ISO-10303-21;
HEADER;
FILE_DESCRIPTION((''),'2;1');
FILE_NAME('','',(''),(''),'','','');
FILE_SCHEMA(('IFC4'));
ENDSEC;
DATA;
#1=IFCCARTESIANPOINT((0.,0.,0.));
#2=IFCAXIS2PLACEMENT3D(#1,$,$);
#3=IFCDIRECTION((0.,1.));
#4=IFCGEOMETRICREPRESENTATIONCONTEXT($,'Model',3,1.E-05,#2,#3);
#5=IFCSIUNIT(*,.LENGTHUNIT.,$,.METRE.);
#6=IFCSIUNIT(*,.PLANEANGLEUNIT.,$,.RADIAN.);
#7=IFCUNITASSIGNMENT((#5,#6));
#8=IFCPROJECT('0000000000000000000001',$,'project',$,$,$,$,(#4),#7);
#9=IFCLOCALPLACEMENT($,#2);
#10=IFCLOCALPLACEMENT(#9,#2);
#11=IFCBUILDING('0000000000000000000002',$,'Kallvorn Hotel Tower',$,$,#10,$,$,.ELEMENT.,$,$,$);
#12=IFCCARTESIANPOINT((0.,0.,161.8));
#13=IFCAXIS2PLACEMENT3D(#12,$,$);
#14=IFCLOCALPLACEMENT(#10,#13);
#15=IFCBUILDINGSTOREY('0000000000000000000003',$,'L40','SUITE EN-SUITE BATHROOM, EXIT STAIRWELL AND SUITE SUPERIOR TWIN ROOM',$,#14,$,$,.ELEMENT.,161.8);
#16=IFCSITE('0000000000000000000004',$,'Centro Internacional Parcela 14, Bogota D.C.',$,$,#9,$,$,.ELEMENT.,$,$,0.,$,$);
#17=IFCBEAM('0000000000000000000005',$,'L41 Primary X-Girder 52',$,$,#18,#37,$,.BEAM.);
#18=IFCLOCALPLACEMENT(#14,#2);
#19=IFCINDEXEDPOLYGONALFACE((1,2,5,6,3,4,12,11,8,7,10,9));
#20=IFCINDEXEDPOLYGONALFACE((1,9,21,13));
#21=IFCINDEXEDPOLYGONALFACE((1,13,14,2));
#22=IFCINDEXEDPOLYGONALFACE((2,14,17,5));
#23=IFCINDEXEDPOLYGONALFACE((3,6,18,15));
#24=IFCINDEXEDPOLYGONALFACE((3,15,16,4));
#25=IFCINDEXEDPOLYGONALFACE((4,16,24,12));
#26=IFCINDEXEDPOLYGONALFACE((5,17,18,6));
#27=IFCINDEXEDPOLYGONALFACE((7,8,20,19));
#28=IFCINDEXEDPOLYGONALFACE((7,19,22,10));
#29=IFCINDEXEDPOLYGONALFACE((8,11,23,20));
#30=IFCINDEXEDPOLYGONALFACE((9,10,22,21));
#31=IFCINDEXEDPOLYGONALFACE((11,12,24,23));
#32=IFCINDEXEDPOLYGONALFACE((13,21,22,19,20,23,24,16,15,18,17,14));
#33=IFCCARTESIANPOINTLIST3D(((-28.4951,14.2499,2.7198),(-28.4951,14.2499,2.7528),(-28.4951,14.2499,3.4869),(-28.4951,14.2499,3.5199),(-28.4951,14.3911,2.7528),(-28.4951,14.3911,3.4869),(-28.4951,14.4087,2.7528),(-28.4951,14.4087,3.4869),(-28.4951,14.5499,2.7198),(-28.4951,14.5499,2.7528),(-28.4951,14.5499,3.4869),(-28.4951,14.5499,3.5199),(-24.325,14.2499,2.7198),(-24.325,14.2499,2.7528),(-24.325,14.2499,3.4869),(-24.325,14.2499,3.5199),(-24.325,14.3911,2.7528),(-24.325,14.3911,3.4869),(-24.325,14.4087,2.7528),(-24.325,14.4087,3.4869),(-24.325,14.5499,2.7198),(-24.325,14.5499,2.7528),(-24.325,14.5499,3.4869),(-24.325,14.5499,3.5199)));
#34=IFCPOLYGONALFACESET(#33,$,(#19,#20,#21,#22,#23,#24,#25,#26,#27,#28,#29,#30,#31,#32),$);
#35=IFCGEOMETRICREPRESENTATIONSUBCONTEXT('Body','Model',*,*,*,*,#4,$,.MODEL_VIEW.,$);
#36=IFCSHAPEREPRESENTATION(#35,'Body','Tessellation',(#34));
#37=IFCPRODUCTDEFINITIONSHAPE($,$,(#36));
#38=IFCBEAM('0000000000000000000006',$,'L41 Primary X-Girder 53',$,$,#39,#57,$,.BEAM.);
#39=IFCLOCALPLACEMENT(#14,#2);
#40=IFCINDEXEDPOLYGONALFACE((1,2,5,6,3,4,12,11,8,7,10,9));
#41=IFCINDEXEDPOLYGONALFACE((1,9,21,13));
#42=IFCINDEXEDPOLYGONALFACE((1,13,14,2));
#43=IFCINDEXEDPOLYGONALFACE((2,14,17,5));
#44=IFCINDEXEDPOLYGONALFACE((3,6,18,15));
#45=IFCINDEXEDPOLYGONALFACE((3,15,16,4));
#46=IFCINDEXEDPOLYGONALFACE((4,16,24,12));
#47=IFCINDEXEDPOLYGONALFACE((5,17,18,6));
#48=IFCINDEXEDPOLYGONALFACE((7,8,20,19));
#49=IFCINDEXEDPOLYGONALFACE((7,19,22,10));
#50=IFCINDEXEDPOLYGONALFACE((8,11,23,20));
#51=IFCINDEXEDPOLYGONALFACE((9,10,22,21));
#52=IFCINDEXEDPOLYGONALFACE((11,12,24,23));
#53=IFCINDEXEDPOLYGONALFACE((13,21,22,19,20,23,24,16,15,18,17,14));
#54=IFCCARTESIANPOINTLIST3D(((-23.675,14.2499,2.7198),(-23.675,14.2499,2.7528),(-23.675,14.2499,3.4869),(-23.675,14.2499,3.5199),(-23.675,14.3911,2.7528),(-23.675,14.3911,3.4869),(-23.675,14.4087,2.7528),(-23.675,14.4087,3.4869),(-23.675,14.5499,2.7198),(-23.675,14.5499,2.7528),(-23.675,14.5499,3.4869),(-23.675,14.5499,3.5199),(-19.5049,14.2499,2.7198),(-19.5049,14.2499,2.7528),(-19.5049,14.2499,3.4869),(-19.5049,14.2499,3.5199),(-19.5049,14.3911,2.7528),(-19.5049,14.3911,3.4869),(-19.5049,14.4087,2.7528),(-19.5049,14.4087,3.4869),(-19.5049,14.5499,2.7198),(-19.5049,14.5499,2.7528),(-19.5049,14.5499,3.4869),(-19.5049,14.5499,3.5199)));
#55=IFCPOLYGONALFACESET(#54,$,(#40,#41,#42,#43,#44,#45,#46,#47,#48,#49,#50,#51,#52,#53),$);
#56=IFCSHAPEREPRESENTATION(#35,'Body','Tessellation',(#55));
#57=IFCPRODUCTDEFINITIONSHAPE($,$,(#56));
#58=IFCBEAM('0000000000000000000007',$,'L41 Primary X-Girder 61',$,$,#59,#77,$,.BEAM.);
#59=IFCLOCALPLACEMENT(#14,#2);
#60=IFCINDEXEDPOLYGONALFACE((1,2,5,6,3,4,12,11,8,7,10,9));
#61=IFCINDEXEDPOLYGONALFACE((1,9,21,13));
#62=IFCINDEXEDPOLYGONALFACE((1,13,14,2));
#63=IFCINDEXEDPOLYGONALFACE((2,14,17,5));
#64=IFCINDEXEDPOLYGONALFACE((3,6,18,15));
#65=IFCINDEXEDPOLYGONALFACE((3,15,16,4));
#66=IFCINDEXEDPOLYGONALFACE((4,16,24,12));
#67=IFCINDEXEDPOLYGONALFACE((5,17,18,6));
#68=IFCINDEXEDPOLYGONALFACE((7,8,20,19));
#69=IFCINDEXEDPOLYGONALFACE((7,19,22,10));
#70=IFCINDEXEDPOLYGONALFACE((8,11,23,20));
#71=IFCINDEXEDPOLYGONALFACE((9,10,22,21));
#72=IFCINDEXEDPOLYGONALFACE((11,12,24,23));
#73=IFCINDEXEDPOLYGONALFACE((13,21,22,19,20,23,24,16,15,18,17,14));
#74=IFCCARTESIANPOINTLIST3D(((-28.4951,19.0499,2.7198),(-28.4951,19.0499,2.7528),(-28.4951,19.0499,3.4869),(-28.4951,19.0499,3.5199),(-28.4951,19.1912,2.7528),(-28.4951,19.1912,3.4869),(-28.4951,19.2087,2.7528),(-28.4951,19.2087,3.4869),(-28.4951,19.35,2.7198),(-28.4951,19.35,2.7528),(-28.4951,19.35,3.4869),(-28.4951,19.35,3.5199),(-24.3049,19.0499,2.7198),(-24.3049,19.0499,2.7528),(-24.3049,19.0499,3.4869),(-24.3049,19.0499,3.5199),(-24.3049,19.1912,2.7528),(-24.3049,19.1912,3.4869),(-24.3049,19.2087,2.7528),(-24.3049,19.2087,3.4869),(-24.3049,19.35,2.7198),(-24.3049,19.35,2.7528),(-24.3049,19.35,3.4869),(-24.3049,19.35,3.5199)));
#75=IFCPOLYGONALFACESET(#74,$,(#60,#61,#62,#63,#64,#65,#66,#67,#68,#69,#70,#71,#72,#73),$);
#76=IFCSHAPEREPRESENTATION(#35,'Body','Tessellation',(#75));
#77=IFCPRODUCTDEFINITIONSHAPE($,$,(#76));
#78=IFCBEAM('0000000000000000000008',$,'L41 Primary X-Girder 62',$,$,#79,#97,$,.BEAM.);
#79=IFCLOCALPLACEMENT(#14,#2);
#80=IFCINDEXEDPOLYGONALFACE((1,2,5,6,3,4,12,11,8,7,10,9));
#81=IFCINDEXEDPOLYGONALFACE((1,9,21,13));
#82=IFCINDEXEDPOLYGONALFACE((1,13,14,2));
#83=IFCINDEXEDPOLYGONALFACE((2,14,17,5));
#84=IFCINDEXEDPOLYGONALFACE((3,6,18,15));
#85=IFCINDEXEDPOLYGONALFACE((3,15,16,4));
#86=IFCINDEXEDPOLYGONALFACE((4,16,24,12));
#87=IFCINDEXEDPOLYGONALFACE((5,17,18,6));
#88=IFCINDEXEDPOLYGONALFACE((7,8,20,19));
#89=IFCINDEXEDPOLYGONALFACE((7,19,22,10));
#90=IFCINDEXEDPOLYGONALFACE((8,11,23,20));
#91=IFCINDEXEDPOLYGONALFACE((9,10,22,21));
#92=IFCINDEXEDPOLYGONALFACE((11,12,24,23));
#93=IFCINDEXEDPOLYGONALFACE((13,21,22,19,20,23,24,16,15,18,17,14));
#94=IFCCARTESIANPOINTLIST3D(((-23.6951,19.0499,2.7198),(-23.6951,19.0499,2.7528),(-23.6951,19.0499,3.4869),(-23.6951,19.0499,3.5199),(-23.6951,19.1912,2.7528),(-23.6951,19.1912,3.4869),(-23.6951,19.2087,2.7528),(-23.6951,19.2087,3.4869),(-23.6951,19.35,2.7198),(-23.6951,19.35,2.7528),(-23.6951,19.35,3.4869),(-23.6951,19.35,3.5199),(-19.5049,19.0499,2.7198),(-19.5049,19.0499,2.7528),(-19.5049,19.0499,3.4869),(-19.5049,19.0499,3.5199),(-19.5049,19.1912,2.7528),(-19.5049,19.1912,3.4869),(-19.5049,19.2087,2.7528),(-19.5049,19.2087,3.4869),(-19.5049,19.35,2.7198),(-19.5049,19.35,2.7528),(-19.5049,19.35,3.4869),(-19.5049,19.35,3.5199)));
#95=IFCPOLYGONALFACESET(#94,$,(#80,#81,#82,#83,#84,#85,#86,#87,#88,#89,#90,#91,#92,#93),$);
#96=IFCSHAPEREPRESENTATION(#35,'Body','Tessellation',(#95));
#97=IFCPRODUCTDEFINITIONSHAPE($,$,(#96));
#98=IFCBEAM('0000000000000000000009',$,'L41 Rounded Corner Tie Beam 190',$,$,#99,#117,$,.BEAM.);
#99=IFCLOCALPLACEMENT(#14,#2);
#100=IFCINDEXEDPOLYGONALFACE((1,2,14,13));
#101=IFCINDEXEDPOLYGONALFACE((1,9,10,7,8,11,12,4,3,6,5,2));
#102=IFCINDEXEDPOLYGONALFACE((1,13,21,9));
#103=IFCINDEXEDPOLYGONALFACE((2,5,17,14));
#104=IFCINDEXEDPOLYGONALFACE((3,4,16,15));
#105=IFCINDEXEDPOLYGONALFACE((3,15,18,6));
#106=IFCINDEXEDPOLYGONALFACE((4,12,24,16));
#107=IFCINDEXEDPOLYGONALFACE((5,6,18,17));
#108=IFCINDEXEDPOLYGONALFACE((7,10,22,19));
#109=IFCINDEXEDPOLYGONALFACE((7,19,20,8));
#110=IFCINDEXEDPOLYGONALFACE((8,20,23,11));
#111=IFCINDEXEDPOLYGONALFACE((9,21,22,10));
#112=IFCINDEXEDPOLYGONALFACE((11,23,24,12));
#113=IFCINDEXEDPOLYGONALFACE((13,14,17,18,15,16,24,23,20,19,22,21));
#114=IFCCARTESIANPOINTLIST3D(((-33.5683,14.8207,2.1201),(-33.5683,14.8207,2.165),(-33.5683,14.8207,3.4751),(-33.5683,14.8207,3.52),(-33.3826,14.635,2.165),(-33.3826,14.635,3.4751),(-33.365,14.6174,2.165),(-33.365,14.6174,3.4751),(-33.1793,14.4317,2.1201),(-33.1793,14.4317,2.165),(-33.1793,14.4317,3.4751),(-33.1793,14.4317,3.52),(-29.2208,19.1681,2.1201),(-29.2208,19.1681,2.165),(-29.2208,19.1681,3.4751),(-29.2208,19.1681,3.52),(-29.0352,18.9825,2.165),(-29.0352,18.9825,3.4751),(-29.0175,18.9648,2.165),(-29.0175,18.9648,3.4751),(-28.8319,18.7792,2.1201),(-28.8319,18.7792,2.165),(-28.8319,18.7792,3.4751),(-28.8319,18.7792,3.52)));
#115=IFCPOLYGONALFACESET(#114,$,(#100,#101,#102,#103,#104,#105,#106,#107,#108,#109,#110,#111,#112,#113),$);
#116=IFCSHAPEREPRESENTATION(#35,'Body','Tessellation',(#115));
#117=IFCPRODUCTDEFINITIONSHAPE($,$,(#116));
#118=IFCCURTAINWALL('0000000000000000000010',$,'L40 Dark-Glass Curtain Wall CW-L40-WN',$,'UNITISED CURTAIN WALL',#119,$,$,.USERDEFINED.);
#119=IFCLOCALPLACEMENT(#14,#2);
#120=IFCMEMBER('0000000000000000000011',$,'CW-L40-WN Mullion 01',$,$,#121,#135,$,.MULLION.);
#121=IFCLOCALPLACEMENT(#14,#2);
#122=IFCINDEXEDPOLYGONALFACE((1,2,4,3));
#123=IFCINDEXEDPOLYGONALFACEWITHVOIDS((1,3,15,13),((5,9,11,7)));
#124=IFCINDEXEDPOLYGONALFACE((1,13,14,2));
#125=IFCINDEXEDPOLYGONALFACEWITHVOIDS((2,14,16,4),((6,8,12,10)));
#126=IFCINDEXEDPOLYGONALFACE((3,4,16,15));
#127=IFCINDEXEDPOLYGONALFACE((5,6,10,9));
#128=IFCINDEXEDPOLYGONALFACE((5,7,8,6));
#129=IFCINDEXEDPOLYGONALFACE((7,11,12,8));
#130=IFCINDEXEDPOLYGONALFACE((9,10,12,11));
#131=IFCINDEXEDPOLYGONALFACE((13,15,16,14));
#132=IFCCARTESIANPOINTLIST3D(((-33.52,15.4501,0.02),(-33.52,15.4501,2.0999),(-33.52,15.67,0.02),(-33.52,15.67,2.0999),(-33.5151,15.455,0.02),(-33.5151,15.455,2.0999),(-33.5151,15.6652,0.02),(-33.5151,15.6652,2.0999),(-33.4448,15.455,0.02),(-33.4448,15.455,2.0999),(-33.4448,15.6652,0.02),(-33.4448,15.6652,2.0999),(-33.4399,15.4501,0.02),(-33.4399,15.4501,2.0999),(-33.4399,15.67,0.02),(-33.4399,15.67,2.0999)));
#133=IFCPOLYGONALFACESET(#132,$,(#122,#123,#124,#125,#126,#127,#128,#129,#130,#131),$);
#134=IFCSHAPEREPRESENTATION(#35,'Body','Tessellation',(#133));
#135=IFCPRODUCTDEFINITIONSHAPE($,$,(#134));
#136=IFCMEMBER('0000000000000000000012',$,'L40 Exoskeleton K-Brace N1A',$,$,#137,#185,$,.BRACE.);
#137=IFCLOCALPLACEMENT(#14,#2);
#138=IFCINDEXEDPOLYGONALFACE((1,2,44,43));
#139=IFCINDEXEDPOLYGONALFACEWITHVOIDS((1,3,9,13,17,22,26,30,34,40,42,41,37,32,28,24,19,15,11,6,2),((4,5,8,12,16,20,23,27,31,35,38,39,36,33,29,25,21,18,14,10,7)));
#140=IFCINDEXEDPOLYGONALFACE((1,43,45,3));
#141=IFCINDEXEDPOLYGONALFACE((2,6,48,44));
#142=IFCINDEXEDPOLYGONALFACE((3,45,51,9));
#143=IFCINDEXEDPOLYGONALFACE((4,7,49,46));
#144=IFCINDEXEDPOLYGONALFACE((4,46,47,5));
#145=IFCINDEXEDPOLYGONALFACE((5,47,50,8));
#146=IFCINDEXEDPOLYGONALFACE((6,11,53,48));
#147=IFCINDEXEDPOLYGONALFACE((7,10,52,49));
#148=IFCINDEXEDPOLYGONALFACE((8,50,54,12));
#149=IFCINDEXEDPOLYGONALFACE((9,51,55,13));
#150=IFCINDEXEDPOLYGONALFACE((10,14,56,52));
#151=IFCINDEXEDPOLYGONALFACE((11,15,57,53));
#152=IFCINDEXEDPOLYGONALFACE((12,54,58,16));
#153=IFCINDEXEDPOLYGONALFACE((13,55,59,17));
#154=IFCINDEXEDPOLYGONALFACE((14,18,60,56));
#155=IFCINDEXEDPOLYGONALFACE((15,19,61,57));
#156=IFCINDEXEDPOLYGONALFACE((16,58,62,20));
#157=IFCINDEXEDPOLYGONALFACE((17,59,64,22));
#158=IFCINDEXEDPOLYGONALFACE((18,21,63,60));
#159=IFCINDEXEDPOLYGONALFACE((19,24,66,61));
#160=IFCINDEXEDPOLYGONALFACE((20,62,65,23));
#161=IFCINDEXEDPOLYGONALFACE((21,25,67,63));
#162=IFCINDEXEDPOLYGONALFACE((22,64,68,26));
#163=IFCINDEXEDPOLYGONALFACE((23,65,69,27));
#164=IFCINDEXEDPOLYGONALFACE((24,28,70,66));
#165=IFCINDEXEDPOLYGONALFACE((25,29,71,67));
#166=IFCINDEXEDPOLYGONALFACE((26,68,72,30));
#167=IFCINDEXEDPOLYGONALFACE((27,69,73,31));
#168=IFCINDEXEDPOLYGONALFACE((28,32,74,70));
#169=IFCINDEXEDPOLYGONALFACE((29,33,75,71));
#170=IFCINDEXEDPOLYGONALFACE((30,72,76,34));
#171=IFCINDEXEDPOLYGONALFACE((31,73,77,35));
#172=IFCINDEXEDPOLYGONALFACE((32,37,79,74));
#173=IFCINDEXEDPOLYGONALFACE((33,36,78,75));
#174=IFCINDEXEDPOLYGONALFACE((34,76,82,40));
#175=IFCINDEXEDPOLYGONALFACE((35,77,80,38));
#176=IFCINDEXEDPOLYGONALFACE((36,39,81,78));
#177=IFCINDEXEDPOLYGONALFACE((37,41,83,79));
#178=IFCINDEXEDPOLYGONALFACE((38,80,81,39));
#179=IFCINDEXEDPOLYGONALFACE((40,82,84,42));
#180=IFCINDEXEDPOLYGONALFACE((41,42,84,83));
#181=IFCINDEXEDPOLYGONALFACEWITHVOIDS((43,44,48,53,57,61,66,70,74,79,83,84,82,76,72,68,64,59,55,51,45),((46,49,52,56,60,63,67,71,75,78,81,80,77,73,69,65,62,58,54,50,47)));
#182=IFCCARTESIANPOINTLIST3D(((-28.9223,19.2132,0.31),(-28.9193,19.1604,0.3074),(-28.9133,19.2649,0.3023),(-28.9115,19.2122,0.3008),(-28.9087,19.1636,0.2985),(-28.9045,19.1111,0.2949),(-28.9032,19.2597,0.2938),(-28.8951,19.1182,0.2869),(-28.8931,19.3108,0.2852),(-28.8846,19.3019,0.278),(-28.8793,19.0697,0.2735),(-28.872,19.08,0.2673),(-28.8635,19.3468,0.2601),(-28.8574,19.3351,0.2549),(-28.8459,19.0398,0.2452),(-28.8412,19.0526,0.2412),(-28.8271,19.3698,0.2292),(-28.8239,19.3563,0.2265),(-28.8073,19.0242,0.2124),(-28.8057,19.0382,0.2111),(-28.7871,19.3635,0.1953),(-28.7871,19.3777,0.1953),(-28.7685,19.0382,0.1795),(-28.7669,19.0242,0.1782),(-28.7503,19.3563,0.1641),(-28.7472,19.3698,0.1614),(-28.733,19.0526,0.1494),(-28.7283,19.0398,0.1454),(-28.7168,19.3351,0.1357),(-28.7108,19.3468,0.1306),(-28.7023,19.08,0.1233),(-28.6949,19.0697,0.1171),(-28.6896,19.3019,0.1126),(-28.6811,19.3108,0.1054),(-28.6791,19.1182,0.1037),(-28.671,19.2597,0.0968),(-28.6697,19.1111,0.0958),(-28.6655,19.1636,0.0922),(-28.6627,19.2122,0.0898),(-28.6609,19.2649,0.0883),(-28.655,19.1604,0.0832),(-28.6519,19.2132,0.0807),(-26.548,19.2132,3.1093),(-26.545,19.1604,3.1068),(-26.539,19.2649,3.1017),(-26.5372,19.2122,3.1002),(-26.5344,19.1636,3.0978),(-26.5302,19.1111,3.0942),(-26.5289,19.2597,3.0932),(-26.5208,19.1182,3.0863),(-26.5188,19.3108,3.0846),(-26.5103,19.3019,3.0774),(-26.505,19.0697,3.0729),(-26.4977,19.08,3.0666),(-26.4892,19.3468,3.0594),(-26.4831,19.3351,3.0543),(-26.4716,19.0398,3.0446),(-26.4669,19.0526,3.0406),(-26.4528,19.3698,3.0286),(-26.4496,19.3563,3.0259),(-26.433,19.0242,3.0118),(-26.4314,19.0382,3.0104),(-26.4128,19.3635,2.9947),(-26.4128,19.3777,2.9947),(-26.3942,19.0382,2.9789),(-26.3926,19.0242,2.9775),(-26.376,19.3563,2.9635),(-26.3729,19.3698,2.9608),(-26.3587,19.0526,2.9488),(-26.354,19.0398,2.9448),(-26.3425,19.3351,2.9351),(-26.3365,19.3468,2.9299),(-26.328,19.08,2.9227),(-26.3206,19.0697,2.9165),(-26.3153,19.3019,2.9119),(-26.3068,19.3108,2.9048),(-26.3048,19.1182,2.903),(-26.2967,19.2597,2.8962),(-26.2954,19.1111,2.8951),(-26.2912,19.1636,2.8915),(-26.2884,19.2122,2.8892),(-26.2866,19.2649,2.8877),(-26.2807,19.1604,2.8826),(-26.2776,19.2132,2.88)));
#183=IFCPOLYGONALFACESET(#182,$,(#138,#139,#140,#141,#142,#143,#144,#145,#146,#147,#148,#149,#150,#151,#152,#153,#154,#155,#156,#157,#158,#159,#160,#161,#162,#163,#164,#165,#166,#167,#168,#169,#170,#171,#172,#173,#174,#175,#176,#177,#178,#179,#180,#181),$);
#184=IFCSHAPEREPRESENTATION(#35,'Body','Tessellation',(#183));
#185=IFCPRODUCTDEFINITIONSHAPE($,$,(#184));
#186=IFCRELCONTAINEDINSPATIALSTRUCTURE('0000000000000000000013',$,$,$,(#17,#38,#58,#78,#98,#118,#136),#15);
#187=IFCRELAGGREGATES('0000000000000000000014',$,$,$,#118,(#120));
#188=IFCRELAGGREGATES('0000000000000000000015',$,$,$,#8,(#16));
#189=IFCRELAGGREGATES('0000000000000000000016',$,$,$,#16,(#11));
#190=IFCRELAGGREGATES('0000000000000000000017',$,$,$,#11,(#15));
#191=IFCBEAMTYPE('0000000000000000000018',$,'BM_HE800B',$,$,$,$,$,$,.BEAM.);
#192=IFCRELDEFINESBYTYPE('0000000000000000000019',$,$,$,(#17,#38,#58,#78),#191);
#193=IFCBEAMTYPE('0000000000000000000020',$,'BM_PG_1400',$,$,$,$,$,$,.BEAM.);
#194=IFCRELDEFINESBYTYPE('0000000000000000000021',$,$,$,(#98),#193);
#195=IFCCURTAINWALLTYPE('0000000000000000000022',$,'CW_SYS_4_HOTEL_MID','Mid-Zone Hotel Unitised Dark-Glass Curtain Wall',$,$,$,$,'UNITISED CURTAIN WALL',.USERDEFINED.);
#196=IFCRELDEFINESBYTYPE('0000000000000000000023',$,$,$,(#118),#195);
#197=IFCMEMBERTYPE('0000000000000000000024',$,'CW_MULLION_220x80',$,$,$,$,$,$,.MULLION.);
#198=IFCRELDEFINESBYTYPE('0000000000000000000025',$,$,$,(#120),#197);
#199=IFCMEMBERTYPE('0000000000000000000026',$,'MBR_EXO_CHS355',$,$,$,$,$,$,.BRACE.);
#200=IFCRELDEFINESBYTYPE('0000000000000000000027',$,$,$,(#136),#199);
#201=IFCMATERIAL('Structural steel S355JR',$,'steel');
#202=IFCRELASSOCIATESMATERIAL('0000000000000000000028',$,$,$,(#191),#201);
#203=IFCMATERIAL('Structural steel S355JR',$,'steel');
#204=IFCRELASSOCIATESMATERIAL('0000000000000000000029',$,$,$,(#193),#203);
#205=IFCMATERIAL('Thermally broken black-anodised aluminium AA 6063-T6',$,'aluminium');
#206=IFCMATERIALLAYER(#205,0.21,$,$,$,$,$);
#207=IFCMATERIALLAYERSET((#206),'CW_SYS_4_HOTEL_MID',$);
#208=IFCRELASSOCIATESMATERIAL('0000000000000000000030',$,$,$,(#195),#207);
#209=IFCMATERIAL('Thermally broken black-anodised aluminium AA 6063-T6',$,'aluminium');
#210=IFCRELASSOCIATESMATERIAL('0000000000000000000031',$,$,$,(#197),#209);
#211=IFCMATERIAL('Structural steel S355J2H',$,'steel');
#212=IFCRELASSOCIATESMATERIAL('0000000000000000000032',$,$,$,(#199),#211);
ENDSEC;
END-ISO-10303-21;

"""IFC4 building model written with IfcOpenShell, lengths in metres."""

from ifc_helpers import new_model, si_unit, direction, frame, origin, origin_2d, place, context, subcontext, project, spatial, hollow_rectangle, hollow_circle, i_section, extrude, material, layer, layer_set, material_profile, profile_set, type_object, element, aggregate, save


model = new_model("IFC4")

# Units and contexts
model_context = context("Model", 3, precision=1e-05, world=origin(), true_north=direction((0.0, 1.0)))
body_context = subcontext(model_context, "Body", "Model", "MODEL_VIEW")
ifc_project = project(units=[si_unit("LENGTHUNIT", "METRE"), si_unit("PLANEANGLEUNIT", "RADIAN")], contexts=[model_context])

# Site, building, storey
site_placement = place(None, origin())
site = spatial("IfcSite", under=ifc_project, at=site_placement, Name="Centro Internacional Parcela 14, Bogota D.C.", CompositionType="ELEMENT", RefElevation=0.0)
building_placement = place(site_placement, origin())
building = spatial("IfcBuilding", under=site, at=building_placement, Name="Kallvorn Hotel Tower", CompositionType="ELEMENT")
storey_placement = place(building_placement, frame((0.0, 0.0, 161.8)))
storey = spatial("IfcBuildingStorey", under=building, at=storey_placement, Name="L40", Description="SUITE EN-SUITE BATHROOM, EXIT STAIRWELL AND SUITE SUPERIOR TWIN ROOM", CompositionType="ELEMENT", Elevation=161.8)

# Beams
ifc_material_1 = material(Name="Structural steel S355JR", Category="steel")
ifc_material_profile_1 = material_profile(ifc_material_1, i_section(OverallWidth=0.3, OverallDepth=0.8, WebThickness=0.0176, FlangeThickness=0.033, at=origin_2d()), Name="HE 800 B")
ifc_profile_set_1 = profile_set([ifc_material_profile_1], Name="Structural steel S355JR")
beam_type_1 = type_object("IfcBeamType", Name="BM_HE800B", PredefinedType="BEAM", material=ifc_profile_set_1)
for number, where, z_axis, x_axis, name in (
    (1, (-28.4951, 14.3999, 3.1199), (1.0, 0.0, 0.0), (0.0, 1.0, 0.0), "L41 Primary X-Girder 52"),
    (2, (-23.675, 14.3999, 3.1199), (1.0, 0.0, 0.0), (0.0, 1.0, 0.0), "L41 Primary X-Girder 53"),
):
    element("IfcBeam", number, at=place(storey_placement, frame(where, z_axis=z_axis, x_axis=x_axis)), inside=storey, type_object=beam_type_1, Name=name, PredefinedType="BEAM", context=body_context, shape_type="SweptSolid", body=[
        extrude(i_section(OverallWidth=0.3, OverallDepth=0.8, WebThickness=0.0176, FlangeThickness=0.033, at=origin_2d()), origin(), (0.0, 0.0, 1.0), 4.1702),
    ])
for number, where, z_axis, x_axis, name in (
    (3, (-28.4951, 19.2, 3.1199), (1.0, 0.0, 0.0), (0.0, 1.0, 0.0), "L41 Primary X-Girder 61"),
    (4, (-23.6951, 19.2, 3.1199), (1.0, 0.0, 0.0), (0.0, 1.0, 0.0), "L41 Primary X-Girder 62"),
):
    element("IfcBeam", number, at=place(storey_placement, frame(where, z_axis=z_axis, x_axis=x_axis)), inside=storey, type_object=beam_type_1, Name=name, PredefinedType="BEAM", context=body_context, shape_type="SweptSolid", body=[
        extrude(i_section(OverallWidth=0.3, OverallDepth=0.8, WebThickness=0.0176, FlangeThickness=0.033, at=origin_2d()), origin(), (0.0, 0.0, 1.0), 4.1902),
    ])
ifc_material_2 = material(Name="Structural steel S355JR", Category="steel")
ifc_material_profile_2 = material_profile(ifc_material_2, i_section(OverallWidth=0.55, OverallDepth=1.3999, WebThickness=0.0249, FlangeThickness=0.0449, at=origin_2d()), Name="PG 1400x550x25x45")
ifc_profile_set_2 = profile_set([ifc_material_profile_2], Name="Structural steel S355JR")
beam_type_2 = type_object("IfcBeamType", Name="BM_PG_1400", PredefinedType="BEAM", material=ifc_profile_set_2)
beam_1_placement = place(storey_placement, frame((-33.3738, 14.6262, 2.8201), z_axis=(0.707107, 0.707107, 0.0), x_axis=(-0.707107, 0.707107, 0.0)))
element("IfcBeam", 5, at=beam_1_placement, inside=storey, type_object=beam_type_2, Name="L41 Rounded Corner Tie Beam 190", PredefinedType="BEAM", context=body_context, shape_type="SweptSolid", body=[
    extrude(i_section(OverallWidth=0.55, OverallDepth=1.3999, WebThickness=0.0249, FlangeThickness=0.0449, at=origin_2d()), origin(), (0.0, 0.0, 1.0), 6.1482),
])

# Curtain wall, member
ifc_material_3 = material(Name="Thermally broken black-anodised aluminium AA 6063-T6", Category="aluminium")
ifc_layer_1 = layer(ifc_material_3, 0.21)
ifc_layer_set_1 = layer_set([ifc_layer_1], Name="CW_SYS_4_HOTEL_MID")
curtain_wall_type = type_object("IfcCurtainWallType", Name="CW_SYS_4_HOTEL_MID", Description="Mid-Zone Hotel Unitised Dark-Glass Curtain Wall", ElementType="UNITISED CURTAIN WALL", PredefinedType="USERDEFINED", material=ifc_layer_set_1)
curtain_wall_placement = place(storey_placement, origin())
curtain_wall = element("IfcCurtainWall", 6, at=curtain_wall_placement, inside=storey, type_object=curtain_wall_type, Name="L40 Dark-Glass Curtain Wall CW-L40-WN", ObjectType="UNITISED CURTAIN WALL", PredefinedType="USERDEFINED")
ifc_material_4 = material(Name="Thermally broken black-anodised aluminium AA 6063-T6", Category="aluminium")
ifc_material_profile_3 = material_profile(ifc_material_4, hollow_rectangle(XDim=0.0801, YDim=0.22, WallThickness=0.0049, at=origin_2d()), Name="MUL 220x80")
ifc_profile_set_3 = profile_set([ifc_material_profile_3], Name="Thermally broken black-anodised aluminium AA 6063-T6")
member_type_1 = type_object("IfcMemberType", Name="CW_MULLION_220x80", PredefinedType="MULLION", material=ifc_profile_set_3)
member_placement = place(storey_placement, frame((-33.48, 15.5601, 0.02), z_axis=(0.0, 0.0, 1.0), x_axis=(1.0, 0.0, 0.0)))
member = element("IfcMember", 7, at=member_placement, type_object=member_type_1, Name="CW-L40-WN Mullion 01", PredefinedType="MULLION", context=body_context, shape_type="SweptSolid", body=[
    extrude(hollow_rectangle(XDim=0.0801, YDim=0.22, WallThickness=0.0049, at=origin_2d()), origin(), (0.0, 0.0, 1.0), 2.0798),
])
aggregate(curtain_wall, [member])

# Member
ifc_material_5 = material(Name="Structural steel S355J2H", Category="steel")
ifc_material_profile_4 = material_profile(ifc_material_5, hollow_circle(Radius=0.1777, WallThickness=0.0142, at=origin_2d()), Name="CHS 355.6x14.2")
ifc_profile_set_4 = profile_set([ifc_material_profile_4], Name="Structural steel S355J2H")
member_type_2 = type_object("IfcMemberType", Name="MBR_EXO_CHS355", PredefinedType="BRACE", material=ifc_profile_set_4)
for number, where, z_axis, x_axis, name in (
    (8, (-28.7871, 19.2, 0.1953), (0.646833, 0.0, 0.762631), (0.0, 1.0, 0.0), "L40 Exoskeleton K-Brace N1A"),
):
    element("IfcMember", number, at=place(storey_placement, frame(where, z_axis=z_axis, x_axis=x_axis)), inside=storey, type_object=member_type_2, Name=name, PredefinedType="BRACE", context=body_context, shape_type="SweptSolid", body=[
        extrude(hollow_circle(Radius=0.1777, WallThickness=0.0142, at=origin_2d()), origin(), (0.0, 0.0, 1.0), 3.6707),
    ])

save(model, "model.ifc")
